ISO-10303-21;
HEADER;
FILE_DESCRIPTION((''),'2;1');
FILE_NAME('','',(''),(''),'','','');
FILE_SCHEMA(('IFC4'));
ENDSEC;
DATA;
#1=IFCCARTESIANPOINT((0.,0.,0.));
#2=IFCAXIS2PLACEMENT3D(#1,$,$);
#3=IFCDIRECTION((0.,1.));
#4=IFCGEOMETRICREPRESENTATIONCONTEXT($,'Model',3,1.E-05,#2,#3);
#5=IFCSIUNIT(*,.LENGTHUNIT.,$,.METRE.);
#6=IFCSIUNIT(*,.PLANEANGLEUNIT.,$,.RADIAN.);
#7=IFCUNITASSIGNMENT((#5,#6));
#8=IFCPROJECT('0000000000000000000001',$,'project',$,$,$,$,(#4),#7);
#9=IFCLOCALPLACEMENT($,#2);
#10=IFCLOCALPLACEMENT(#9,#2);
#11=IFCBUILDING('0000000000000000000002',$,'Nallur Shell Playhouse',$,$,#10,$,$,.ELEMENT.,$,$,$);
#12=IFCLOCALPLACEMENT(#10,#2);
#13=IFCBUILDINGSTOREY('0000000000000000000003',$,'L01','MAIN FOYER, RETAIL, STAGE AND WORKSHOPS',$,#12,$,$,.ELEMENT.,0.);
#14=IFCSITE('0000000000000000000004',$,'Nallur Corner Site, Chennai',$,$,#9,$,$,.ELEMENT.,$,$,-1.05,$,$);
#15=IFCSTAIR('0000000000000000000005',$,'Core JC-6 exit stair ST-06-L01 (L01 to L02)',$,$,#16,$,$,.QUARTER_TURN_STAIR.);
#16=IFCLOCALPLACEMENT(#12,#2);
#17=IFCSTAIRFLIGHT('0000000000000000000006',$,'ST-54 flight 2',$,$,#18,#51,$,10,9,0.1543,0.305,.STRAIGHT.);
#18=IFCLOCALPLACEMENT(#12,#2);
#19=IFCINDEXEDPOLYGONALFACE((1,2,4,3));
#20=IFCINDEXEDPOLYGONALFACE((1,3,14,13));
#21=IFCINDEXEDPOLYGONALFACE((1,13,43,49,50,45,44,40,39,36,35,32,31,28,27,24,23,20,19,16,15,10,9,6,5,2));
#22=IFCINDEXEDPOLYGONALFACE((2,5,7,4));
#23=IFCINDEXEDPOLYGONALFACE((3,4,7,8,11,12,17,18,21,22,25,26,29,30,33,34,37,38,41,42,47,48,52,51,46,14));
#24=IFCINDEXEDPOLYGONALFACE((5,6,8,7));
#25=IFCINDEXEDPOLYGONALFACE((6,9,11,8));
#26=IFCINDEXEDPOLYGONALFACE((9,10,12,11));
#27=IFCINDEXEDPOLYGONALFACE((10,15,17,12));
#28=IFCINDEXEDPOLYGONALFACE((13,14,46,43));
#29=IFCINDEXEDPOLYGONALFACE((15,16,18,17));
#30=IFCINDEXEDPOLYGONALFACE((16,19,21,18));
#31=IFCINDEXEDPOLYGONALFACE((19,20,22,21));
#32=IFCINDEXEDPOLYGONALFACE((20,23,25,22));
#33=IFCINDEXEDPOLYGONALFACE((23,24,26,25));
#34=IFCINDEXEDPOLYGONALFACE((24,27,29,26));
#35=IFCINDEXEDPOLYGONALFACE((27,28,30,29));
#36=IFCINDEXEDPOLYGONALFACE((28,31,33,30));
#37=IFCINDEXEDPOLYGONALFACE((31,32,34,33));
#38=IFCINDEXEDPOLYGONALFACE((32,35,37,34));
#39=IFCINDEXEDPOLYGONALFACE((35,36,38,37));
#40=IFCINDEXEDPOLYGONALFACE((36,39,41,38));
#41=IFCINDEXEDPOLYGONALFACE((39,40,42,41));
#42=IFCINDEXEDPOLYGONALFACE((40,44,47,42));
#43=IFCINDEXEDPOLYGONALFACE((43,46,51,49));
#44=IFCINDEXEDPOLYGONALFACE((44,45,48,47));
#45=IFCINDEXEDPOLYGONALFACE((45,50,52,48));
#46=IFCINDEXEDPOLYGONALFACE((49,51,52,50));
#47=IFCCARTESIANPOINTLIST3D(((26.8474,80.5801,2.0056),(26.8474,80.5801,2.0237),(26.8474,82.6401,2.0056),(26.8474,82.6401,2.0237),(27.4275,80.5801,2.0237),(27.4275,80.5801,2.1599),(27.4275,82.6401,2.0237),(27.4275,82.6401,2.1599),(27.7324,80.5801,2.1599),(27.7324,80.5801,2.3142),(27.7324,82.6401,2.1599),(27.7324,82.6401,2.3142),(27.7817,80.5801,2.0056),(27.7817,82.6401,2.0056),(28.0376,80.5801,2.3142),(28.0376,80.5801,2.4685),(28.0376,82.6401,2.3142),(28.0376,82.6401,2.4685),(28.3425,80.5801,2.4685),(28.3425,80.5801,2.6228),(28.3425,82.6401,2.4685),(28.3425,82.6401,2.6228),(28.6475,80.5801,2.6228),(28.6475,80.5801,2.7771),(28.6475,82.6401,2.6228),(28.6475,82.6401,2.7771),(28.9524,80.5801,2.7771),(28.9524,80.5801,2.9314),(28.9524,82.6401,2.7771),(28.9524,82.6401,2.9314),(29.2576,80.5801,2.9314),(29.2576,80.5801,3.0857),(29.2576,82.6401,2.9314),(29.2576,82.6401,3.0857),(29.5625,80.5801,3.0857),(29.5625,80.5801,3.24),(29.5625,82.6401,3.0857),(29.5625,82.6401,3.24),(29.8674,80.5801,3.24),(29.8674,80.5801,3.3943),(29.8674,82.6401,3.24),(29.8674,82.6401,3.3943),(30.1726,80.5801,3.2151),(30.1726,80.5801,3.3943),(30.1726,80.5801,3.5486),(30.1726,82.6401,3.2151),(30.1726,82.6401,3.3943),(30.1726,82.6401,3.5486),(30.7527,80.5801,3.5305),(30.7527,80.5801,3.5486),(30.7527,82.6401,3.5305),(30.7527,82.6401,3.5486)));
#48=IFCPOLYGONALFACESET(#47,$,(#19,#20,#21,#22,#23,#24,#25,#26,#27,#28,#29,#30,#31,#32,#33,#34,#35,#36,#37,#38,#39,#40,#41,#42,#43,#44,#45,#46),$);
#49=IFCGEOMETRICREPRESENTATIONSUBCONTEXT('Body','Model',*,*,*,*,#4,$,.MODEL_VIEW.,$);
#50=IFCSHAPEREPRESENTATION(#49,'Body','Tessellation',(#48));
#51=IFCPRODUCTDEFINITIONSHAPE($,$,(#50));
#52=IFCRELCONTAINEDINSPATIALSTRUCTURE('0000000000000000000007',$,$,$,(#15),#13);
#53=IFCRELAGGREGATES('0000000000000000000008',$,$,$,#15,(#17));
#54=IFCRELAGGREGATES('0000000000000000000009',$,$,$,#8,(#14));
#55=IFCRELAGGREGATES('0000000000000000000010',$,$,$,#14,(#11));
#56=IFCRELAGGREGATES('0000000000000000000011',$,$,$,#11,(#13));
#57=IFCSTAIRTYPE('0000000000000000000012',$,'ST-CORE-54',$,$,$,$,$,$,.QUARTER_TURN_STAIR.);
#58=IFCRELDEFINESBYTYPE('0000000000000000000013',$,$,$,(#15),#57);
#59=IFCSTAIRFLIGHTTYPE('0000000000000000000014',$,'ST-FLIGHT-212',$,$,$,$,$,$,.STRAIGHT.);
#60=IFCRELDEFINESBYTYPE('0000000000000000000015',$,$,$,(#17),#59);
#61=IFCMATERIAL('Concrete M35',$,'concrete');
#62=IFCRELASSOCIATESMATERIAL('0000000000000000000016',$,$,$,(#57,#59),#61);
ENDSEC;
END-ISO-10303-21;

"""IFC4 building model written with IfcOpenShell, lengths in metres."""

from ifc_helpers import new_model, si_unit, direction, frame, origin, place, context, subcontext, project, spatial, polyline, outline, extrude, material, type_object, element, aggregate, save


model = new_model("IFC4")

# Units and contexts
model_context = context("Model", 3, precision=1e-05, world=origin(), true_north=direction((0.0, 1.0)))
body_context = subcontext(model_context, "Body", "Model", "MODEL_VIEW")
ifc_project = project(units=[si_unit("LENGTHUNIT", "METRE"), si_unit("PLANEANGLEUNIT", "RADIAN")], contexts=[model_context])

# Site, building, storey
site_placement = place(None, origin())
site = spatial("IfcSite", under=ifc_project, at=site_placement, Name="Nallur Corner Site, Chennai", CompositionType="ELEMENT", RefElevation=-1.05)
building_placement = place(site_placement, origin())
building = spatial("IfcBuilding", under=site, at=building_placement, Name="Nallur Shell Playhouse", CompositionType="ELEMENT")
storey_placement = place(building_placement, origin())
storey = spatial("IfcBuildingStorey", under=building, at=storey_placement, Name="L01", Description="MAIN FOYER, RETAIL, STAGE AND WORKSHOPS", CompositionType="ELEMENT", Elevation=0.0)

# Shared definitions
ifc_material_1 = material(Name="Concrete M35", Category="concrete")

# Stair, stair flight
stair_type = type_object("IfcStairType", Name="ST-CORE-54", PredefinedType="QUARTER_TURN_STAIR", material=ifc_material_1)
stair_placement = place(storey_placement, origin())
stair = element("IfcStair", 1, at=stair_placement, inside=storey, type_object=stair_type, Name="Core JC-6 exit stair ST-06-L01 (L01 to L02)", PredefinedType="QUARTER_TURN_STAIR")
stair_flight_type = type_object("IfcStairFlightType", Name="ST-FLIGHT-212", PredefinedType="STRAIGHT", material=ifc_material_1)
stair_flight_placement = place(storey_placement, frame((27.4275, 81.6101, 2.0056), z_axis=(0.0, 0.0, 1.0), x_axis=(1.0, 0.0, 0.0)))
stair_flight = element("IfcStairFlight", 2, at=stair_flight_placement, type_object=stair_flight_type, Name="ST-54 flight 2", NumberOfRisers=10, NumberOfTreads=9, PredefinedType="STRAIGHT", RiserHeight=0.1543, TreadLength=0.305, context=body_context, shape_type="SweptSolid", body=[
    extrude(outline(polyline([(-0.5801, 0.0), (-0.5801, 0.0181), (0.0, 0.0181), (0.0, 0.1543), (0.3049, 0.1543), (0.3049, 0.3086), (0.6101, 0.3086), (0.6101, 0.4629), (0.915, 0.4629), (0.915, 0.6172), (1.22, 0.6172), (1.22, 0.7715), (1.5249, 0.7715), (1.5249, 0.9258), (1.8301, 0.9258), (1.8301, 1.0801), (2.135, 1.0801), (2.135, 1.2344), (2.4399, 1.2344), (2.4399, 1.3887), (2.7451, 1.3887), (2.7451, 1.543), (3.3252, 1.543), (3.3252, 1.5249), (2.7451, 1.2095), (0.3542, 0.0), (-0.5801, 0.0)])), frame((0.0, 1.03, 0.0), z_axis=(0.0, -1.0, 0.0), x_axis=(1.0, 0.0, 0.0)), (0.0, 0.0, 1.0), 2.0601),
])
aggregate(stair, [stair_flight])

save(model, "model.ifc")
